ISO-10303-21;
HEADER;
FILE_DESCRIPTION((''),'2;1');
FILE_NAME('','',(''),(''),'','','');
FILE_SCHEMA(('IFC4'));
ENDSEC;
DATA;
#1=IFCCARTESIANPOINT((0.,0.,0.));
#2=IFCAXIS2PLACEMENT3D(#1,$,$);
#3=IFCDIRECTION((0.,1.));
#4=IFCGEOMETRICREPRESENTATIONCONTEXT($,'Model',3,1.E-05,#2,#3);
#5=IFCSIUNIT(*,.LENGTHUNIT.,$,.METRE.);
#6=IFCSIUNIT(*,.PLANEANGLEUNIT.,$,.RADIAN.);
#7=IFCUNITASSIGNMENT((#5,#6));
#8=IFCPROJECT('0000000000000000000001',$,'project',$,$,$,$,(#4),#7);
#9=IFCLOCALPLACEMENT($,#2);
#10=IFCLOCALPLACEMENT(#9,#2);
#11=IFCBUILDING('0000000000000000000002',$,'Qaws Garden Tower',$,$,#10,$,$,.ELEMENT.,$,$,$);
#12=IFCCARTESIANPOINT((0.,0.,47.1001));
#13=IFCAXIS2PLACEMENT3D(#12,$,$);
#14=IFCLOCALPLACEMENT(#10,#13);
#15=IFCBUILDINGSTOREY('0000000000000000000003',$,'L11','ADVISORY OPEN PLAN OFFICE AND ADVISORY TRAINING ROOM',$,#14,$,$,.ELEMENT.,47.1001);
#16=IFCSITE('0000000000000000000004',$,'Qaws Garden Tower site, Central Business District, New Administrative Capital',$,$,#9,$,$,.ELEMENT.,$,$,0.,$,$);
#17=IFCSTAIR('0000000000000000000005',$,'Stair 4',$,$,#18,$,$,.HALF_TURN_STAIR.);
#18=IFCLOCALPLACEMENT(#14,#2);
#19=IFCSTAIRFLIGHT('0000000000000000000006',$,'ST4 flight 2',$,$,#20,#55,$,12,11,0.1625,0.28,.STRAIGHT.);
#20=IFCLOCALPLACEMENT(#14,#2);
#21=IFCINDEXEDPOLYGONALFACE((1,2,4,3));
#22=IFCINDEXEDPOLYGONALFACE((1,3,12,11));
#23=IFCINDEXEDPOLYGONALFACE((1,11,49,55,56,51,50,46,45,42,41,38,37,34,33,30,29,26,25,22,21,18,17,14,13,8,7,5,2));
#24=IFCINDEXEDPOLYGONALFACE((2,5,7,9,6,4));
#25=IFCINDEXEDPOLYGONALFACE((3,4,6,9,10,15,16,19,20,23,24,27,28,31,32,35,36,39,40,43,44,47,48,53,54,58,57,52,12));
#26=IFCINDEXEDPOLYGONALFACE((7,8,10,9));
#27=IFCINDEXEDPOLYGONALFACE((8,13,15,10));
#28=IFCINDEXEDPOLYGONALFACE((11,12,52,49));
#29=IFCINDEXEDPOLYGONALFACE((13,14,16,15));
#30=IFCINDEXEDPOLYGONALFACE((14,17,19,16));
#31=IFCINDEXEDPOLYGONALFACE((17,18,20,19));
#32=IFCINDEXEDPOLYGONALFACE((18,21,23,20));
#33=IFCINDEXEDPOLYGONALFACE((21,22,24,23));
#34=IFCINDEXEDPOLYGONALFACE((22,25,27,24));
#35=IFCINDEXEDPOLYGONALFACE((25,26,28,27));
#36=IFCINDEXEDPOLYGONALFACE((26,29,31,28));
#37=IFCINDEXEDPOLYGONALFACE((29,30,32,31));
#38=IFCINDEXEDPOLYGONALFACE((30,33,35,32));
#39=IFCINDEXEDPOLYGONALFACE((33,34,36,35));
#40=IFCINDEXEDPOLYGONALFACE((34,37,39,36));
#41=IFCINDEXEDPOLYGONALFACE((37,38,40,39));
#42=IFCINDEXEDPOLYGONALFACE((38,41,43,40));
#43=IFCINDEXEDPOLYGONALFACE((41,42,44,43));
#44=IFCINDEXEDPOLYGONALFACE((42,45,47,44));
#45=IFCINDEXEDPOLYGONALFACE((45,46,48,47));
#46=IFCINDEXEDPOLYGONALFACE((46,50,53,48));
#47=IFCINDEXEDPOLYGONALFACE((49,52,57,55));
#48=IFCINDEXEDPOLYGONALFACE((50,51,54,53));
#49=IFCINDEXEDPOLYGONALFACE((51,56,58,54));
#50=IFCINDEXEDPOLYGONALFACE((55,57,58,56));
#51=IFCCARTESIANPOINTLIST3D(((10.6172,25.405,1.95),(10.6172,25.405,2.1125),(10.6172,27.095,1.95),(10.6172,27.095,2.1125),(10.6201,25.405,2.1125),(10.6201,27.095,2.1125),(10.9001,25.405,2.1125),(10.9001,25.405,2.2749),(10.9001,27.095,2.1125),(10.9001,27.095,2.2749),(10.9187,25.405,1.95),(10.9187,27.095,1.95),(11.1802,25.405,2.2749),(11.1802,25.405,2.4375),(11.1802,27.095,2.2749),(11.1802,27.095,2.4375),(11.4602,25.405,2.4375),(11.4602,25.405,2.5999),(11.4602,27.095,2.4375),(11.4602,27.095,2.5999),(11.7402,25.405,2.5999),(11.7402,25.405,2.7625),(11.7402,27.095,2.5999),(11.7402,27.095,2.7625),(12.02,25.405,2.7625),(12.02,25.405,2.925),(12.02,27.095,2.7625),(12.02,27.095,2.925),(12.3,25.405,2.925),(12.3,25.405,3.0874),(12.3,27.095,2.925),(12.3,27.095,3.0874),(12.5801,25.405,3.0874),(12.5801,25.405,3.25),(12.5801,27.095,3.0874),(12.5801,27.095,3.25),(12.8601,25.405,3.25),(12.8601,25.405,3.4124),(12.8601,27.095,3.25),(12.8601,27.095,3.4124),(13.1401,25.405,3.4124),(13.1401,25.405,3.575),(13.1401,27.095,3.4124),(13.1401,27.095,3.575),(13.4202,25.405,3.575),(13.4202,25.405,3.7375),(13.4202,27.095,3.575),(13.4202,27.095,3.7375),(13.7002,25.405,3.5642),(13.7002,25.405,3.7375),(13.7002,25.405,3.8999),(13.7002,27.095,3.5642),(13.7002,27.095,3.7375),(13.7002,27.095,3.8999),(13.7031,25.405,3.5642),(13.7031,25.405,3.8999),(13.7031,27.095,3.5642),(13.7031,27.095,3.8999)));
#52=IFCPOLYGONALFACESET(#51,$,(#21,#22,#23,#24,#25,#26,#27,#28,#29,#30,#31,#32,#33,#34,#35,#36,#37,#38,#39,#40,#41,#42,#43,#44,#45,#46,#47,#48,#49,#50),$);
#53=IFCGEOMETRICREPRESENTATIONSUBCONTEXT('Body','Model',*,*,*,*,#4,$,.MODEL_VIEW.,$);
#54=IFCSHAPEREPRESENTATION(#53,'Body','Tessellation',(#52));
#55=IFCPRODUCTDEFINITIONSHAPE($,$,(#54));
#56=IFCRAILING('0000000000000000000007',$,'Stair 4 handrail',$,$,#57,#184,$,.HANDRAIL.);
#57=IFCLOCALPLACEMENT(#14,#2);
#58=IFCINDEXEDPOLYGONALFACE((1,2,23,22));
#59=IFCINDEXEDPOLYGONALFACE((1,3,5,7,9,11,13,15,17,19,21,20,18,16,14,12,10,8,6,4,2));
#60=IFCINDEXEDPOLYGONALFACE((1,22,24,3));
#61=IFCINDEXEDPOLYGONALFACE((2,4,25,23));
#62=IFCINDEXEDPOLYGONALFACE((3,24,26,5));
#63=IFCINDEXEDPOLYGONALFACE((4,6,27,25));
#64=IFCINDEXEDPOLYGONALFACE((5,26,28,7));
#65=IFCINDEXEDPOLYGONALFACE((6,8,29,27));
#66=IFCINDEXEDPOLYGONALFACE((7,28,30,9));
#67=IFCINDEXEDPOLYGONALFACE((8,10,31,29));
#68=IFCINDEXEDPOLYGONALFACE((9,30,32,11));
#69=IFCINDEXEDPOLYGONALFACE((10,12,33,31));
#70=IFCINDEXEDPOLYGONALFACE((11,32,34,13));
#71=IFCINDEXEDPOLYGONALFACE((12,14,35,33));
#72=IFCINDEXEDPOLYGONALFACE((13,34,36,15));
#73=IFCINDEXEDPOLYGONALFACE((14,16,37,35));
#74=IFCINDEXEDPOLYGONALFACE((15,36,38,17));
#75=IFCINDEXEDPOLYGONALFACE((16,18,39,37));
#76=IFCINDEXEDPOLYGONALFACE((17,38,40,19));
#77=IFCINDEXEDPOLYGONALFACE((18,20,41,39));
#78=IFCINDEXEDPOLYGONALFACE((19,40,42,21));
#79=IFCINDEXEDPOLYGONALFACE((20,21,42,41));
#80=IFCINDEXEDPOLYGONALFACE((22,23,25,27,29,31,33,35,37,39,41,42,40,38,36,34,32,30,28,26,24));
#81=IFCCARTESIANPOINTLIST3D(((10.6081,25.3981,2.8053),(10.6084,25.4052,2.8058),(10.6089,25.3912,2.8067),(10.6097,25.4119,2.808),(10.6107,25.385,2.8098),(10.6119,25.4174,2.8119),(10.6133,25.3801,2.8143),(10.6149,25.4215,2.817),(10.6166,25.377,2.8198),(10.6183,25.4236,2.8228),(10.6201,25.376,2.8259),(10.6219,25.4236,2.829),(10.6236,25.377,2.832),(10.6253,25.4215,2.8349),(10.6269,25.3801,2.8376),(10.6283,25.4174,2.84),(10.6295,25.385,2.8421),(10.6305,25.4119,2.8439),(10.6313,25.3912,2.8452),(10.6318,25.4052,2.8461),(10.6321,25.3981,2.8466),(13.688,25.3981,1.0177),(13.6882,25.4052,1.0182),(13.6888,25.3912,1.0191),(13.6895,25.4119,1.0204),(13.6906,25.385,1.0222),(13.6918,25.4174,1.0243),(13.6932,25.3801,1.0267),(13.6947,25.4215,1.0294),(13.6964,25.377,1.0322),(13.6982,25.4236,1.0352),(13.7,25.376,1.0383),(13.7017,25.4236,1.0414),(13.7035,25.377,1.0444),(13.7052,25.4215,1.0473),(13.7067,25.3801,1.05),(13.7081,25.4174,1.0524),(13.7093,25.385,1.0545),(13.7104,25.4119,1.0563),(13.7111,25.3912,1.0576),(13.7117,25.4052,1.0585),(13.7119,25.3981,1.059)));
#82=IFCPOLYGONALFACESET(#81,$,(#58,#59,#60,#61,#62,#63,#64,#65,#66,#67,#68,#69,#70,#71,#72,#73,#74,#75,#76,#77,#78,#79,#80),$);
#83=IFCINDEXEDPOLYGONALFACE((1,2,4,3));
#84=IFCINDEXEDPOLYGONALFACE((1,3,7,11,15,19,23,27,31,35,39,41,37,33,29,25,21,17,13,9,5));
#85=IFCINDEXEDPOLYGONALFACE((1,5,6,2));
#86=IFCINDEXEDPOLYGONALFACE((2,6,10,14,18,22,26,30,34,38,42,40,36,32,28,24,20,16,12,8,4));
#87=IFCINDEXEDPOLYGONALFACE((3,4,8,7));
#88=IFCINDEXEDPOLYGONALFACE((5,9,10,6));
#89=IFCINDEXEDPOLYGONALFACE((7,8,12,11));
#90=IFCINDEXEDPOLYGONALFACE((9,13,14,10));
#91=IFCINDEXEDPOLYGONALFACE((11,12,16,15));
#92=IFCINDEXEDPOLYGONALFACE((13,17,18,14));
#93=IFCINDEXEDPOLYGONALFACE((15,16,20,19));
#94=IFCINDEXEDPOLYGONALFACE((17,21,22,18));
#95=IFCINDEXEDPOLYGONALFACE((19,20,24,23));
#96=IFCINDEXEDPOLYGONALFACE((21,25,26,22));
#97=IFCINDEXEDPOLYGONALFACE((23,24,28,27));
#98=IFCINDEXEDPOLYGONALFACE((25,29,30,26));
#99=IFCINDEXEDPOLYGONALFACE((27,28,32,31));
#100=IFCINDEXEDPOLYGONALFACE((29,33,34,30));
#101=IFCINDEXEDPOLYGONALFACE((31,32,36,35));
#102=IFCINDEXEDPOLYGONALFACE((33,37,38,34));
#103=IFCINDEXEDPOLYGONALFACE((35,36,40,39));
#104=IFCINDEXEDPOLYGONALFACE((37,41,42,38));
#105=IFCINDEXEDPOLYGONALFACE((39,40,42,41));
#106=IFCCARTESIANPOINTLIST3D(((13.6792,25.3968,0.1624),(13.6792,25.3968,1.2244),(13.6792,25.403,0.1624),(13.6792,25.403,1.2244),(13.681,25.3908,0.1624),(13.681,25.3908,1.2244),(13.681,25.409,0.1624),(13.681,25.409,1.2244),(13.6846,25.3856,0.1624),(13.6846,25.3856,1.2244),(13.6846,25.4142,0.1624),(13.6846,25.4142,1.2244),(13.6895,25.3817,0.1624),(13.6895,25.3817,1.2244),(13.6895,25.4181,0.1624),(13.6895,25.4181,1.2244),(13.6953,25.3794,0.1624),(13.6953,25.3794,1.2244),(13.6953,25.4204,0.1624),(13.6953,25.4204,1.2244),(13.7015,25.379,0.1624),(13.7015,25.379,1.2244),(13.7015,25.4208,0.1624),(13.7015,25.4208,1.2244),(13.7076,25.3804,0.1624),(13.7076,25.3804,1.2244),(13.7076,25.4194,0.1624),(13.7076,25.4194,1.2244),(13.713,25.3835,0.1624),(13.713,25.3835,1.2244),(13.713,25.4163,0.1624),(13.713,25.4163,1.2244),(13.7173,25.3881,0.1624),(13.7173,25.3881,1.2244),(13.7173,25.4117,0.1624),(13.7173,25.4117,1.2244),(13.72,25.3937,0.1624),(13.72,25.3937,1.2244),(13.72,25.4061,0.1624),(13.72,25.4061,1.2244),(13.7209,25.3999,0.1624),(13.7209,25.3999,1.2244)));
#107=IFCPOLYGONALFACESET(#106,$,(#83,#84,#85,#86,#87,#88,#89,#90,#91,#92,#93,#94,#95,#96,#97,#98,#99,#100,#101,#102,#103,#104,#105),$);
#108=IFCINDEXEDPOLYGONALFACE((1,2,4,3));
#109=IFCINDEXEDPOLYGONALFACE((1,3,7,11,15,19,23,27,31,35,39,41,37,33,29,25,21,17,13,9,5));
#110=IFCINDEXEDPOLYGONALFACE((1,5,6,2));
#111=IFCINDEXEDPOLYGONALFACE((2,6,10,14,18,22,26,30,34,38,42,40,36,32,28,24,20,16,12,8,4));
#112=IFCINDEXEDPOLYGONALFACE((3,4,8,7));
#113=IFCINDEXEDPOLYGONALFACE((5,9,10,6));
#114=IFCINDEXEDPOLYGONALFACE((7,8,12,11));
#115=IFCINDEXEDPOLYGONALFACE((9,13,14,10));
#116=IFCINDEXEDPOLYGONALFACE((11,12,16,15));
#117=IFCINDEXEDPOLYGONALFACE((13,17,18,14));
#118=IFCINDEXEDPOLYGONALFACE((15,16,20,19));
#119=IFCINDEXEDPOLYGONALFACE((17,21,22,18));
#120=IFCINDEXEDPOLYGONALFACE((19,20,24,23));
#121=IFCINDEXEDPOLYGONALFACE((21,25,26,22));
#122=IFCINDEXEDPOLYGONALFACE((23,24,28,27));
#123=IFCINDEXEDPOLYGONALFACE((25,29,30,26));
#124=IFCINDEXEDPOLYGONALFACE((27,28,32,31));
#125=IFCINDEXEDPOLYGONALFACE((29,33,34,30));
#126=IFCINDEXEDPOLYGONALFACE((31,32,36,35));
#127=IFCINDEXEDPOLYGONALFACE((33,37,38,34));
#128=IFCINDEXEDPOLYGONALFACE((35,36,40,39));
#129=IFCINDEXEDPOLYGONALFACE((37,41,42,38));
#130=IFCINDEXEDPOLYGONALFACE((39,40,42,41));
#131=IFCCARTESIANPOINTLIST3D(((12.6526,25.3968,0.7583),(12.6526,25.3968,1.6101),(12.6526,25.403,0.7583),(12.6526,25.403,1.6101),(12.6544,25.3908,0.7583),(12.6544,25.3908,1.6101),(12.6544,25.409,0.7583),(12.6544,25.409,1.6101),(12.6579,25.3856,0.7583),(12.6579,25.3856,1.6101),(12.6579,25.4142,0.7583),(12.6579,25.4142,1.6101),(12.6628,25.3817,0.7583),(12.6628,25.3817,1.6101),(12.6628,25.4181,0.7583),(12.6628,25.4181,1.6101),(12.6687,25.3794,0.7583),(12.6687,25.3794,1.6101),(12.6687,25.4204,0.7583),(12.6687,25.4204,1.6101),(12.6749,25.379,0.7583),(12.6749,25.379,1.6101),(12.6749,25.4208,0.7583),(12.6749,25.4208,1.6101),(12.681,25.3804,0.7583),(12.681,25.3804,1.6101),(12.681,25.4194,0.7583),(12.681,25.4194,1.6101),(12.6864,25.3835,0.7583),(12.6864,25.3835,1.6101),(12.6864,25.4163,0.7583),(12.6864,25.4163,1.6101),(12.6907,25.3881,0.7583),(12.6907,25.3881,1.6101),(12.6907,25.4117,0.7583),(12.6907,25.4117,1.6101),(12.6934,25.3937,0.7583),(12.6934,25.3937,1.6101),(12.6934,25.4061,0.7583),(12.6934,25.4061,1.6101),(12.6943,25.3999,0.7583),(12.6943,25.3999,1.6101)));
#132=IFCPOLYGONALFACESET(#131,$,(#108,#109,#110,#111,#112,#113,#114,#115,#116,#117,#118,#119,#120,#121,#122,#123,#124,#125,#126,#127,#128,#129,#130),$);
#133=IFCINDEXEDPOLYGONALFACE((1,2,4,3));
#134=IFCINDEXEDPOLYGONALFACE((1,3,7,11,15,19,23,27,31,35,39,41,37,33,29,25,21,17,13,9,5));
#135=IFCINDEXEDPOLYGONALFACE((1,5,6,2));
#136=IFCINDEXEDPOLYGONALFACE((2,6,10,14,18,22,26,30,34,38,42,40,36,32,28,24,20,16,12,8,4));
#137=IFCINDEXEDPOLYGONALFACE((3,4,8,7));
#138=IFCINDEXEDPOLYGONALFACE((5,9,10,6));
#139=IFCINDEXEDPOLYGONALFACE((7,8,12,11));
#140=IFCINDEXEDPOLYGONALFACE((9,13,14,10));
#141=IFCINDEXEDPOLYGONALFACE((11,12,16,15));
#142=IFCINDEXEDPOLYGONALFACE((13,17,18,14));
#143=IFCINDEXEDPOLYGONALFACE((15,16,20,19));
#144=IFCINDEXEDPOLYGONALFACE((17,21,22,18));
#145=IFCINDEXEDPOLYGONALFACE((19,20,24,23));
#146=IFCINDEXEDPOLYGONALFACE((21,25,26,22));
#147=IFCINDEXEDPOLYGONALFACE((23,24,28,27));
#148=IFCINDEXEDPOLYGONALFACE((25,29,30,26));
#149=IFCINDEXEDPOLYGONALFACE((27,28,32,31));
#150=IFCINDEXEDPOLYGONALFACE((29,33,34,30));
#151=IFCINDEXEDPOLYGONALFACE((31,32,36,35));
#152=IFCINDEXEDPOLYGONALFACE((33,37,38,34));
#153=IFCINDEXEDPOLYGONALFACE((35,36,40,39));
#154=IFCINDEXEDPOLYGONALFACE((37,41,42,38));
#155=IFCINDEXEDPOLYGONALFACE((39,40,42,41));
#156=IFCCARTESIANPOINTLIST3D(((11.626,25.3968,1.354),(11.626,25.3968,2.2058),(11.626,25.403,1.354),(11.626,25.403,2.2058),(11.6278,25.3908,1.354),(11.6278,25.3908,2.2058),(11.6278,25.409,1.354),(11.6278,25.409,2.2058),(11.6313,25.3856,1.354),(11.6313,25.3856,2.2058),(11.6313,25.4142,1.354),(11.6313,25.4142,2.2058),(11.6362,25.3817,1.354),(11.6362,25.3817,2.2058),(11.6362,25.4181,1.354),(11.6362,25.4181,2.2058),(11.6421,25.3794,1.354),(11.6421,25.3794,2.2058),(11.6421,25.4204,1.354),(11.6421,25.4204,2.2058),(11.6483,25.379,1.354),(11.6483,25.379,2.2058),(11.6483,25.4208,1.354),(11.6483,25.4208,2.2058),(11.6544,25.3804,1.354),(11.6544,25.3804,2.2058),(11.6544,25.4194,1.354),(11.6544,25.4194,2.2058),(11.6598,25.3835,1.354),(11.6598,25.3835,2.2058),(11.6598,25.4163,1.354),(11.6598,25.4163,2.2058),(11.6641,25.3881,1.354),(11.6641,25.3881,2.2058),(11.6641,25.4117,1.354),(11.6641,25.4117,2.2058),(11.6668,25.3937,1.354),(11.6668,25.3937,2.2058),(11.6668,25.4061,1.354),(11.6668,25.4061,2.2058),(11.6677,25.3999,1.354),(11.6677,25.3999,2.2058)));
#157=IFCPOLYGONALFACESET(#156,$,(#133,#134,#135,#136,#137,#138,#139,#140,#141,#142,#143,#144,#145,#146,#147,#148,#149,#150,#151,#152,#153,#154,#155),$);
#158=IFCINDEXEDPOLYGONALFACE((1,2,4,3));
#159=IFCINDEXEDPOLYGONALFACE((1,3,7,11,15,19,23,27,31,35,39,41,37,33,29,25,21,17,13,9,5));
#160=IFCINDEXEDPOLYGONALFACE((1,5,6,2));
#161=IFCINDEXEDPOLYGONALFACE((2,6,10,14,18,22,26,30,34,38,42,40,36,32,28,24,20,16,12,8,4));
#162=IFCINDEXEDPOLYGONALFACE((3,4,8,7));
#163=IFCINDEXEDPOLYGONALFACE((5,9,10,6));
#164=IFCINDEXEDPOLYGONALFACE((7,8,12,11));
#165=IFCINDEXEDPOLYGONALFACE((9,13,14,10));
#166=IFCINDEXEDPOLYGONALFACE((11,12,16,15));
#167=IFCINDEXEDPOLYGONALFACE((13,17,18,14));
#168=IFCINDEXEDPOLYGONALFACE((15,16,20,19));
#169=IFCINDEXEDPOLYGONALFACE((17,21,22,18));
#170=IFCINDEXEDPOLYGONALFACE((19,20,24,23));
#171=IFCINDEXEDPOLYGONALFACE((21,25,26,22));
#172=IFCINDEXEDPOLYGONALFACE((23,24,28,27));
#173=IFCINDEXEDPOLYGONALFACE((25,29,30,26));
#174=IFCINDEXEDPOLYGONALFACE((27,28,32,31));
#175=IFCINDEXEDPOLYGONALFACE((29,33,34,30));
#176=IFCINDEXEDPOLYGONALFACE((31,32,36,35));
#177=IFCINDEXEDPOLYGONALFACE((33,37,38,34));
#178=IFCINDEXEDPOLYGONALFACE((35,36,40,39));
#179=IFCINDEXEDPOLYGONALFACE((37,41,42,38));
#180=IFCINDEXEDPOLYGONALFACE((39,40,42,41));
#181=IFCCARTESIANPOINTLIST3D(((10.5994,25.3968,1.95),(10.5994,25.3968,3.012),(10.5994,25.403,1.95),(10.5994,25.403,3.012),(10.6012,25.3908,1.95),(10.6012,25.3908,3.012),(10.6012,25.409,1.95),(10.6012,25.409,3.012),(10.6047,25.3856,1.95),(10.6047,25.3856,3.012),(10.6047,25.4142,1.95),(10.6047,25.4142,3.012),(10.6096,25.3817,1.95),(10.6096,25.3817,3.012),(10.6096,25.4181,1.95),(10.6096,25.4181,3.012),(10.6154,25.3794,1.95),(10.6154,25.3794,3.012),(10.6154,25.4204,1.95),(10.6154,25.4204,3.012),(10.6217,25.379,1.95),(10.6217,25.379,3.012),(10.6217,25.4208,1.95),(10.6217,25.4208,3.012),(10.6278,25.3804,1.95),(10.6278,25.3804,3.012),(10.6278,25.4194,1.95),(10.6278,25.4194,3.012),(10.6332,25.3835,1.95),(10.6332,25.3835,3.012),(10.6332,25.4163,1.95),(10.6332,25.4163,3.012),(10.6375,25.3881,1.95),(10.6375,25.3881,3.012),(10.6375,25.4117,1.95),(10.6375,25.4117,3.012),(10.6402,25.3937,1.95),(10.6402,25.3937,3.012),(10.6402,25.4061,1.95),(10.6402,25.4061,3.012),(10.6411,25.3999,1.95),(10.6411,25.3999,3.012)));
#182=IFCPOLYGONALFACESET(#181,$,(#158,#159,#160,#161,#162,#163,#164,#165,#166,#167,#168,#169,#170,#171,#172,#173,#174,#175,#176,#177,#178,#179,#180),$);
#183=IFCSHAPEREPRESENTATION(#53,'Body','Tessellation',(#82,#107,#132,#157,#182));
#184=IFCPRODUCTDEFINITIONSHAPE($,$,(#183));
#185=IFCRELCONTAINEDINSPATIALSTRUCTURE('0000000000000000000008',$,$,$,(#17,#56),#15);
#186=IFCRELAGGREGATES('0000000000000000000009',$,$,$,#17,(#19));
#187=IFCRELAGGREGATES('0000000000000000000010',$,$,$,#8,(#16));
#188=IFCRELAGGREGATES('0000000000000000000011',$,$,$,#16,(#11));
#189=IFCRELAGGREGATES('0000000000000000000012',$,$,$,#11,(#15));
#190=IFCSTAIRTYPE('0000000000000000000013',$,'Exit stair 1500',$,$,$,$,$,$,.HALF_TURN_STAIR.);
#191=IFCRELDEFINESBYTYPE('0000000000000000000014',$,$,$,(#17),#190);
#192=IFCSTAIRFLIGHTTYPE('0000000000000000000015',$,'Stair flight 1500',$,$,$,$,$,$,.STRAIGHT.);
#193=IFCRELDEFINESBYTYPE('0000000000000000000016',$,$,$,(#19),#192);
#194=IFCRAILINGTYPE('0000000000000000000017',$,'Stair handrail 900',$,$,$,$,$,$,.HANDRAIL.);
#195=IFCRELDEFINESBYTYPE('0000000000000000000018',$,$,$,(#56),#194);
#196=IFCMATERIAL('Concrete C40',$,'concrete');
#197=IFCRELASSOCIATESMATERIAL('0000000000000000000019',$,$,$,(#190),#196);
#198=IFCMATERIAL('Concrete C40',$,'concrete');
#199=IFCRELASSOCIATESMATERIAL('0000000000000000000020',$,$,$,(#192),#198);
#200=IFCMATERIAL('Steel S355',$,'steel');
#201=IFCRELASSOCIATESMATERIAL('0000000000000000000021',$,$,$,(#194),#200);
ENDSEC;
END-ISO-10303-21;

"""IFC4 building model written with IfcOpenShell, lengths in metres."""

from ifc_helpers import new_model, si_unit, direction, frame, origin, origin_2d, place, context, subcontext, project, spatial, polyline, circle, outline, extrude, material, type_object, element, aggregate, save


model = new_model("IFC4")

# Units and contexts
model_context = context("Model", 3, precision=1e-05, world=origin(), true_north=direction((0.0, 1.0)))
body_context = subcontext(model_context, "Body", "Model", "MODEL_VIEW")
ifc_project = project(units=[si_unit("LENGTHUNIT", "METRE"), si_unit("PLANEANGLEUNIT", "RADIAN")], contexts=[model_context])

# Site, building, storey
site_placement = place(None, origin())
site = spatial("IfcSite", under=ifc_project, at=site_placement, Name="Qaws Garden Tower site, Central Business District, New Administrative Capital", CompositionType="ELEMENT", RefElevation=0.0)
building_placement = place(site_placement, origin())
building = spatial("IfcBuilding", under=site, at=building_placement, Name="Qaws Garden Tower", CompositionType="ELEMENT")
storey_placement = place(building_placement, frame((0.0, 0.0, 47.1001)))
storey = spatial("IfcBuildingStorey", under=building, at=storey_placement, Name="L11", Description="ADVISORY OPEN PLAN OFFICE AND ADVISORY TRAINING ROOM", CompositionType="ELEMENT", Elevation=47.1001)

# Stair, stair flight
ifc_material_1 = material(Name="Concrete C40", Category="concrete")
stair_type = type_object("IfcStairType", Name="Exit stair 1500", PredefinedType="HALF_TURN_STAIR", material=ifc_material_1)
stair_placement = place(storey_placement, origin())
stair = element("IfcStair", 1, at=stair_placement, inside=storey, type_object=stair_type, Name="Stair 4", PredefinedType="HALF_TURN_STAIR")
ifc_material_2 = material(Name="Concrete C40", Category="concrete")
stair_flight_type = type_object("IfcStairFlightType", Name="Stair flight 1500", PredefinedType="STRAIGHT", material=ifc_material_2)
stair_flight_1_placement = place(storey_placement, frame((10.6201, 26.25, 1.95), z_axis=(0.0, 0.0, 1.0), x_axis=(1.0, 0.0, 0.0)))
stair_flight_1 = element("IfcStairFlight", 2, at=stair_flight_1_placement, type_object=stair_flight_type, Name="ST4 flight 2", NumberOfRisers=12, NumberOfTreads=11, PredefinedType="STRAIGHT", RiserHeight=0.1625, TreadLength=0.28, context=body_context, shape_type="SweptSolid", body=[
    extrude(outline(polyline([(-0.0029, 0.0), (-0.0029, 0.1626), (0.0, 0.1626), (0.28, 0.1626), (0.28, 0.325), (0.5601, 0.325), (0.5601, 0.4875), (0.8401, 0.4875), (0.8401, 0.6499), (1.1201, 0.6499), (1.1201, 0.8125), (1.3999, 0.8125), (1.3999, 0.9751), (1.6799, 0.9751), (1.6799, 1.1375), (1.96, 1.1375), (1.96, 1.3), (2.24, 1.3), (2.24, 1.4624), (2.52, 1.4624), (2.52, 1.625), (2.8, 1.625), (2.8, 1.7876), (3.0801, 1.7876), (3.0801, 1.95), (3.083, 1.95), (3.083, 1.6143), (3.0801, 1.6143), (0.2986, 0.0), (-0.0029, 0.0)])), frame((0.0, 0.845, 0.0), z_axis=(0.0, -1.0, 0.0), x_axis=(1.0, 0.0, 0.0)), (0.0, 0.0, 1.0), 1.6899),
])
aggregate(stair, [stair_flight_1])

# Railing
ifc_material_3 = material(Name="Steel S355", Category="steel")
railing_type = type_object("IfcRailingType", Name="Stair handrail 900", PredefinedType="HANDRAIL", material=ifc_material_3)
railing_1_placement = place(storey_placement, frame((13.7, 25.3999, 0.1624)))
element("IfcRailing", 3, at=railing_1_placement, inside=storey, type_object=railing_type, Name="Stair 4 handrail", PredefinedType="HANDRAIL", context=body_context, shape_type="SweptSolid", body=[
    extrude(circle(Radius=0.0239, at=origin_2d()), frame((0.0, 0.0, 0.876), z_axis=(-0.864873, 0.0, 0.50199), x_axis=(0.0, -1.0, 0.0)), (0.0, 0.0, 1.0), 3.561),
    extrude(circle(Radius=0.021, at=origin_2d()), origin(), (0.0, 0.0, 1.0), 1.062),
    extrude(circle(Radius=0.021, at=origin_2d()), frame((-1.0266, 0.0, 0.5959)), (0.0, 0.0, 1.0), 0.8518),
    extrude(circle(Radius=0.021, at=origin_2d()), frame((-2.0532, 0.0, 1.1917)), (0.0, 0.0, 1.0), 0.8518),
    extrude(circle(Radius=0.021, at=origin_2d()), frame((-3.0798, 0.0, 1.7876)), (0.0, 0.0, 1.0), 1.062),
])

save(model, "model.ifc")
